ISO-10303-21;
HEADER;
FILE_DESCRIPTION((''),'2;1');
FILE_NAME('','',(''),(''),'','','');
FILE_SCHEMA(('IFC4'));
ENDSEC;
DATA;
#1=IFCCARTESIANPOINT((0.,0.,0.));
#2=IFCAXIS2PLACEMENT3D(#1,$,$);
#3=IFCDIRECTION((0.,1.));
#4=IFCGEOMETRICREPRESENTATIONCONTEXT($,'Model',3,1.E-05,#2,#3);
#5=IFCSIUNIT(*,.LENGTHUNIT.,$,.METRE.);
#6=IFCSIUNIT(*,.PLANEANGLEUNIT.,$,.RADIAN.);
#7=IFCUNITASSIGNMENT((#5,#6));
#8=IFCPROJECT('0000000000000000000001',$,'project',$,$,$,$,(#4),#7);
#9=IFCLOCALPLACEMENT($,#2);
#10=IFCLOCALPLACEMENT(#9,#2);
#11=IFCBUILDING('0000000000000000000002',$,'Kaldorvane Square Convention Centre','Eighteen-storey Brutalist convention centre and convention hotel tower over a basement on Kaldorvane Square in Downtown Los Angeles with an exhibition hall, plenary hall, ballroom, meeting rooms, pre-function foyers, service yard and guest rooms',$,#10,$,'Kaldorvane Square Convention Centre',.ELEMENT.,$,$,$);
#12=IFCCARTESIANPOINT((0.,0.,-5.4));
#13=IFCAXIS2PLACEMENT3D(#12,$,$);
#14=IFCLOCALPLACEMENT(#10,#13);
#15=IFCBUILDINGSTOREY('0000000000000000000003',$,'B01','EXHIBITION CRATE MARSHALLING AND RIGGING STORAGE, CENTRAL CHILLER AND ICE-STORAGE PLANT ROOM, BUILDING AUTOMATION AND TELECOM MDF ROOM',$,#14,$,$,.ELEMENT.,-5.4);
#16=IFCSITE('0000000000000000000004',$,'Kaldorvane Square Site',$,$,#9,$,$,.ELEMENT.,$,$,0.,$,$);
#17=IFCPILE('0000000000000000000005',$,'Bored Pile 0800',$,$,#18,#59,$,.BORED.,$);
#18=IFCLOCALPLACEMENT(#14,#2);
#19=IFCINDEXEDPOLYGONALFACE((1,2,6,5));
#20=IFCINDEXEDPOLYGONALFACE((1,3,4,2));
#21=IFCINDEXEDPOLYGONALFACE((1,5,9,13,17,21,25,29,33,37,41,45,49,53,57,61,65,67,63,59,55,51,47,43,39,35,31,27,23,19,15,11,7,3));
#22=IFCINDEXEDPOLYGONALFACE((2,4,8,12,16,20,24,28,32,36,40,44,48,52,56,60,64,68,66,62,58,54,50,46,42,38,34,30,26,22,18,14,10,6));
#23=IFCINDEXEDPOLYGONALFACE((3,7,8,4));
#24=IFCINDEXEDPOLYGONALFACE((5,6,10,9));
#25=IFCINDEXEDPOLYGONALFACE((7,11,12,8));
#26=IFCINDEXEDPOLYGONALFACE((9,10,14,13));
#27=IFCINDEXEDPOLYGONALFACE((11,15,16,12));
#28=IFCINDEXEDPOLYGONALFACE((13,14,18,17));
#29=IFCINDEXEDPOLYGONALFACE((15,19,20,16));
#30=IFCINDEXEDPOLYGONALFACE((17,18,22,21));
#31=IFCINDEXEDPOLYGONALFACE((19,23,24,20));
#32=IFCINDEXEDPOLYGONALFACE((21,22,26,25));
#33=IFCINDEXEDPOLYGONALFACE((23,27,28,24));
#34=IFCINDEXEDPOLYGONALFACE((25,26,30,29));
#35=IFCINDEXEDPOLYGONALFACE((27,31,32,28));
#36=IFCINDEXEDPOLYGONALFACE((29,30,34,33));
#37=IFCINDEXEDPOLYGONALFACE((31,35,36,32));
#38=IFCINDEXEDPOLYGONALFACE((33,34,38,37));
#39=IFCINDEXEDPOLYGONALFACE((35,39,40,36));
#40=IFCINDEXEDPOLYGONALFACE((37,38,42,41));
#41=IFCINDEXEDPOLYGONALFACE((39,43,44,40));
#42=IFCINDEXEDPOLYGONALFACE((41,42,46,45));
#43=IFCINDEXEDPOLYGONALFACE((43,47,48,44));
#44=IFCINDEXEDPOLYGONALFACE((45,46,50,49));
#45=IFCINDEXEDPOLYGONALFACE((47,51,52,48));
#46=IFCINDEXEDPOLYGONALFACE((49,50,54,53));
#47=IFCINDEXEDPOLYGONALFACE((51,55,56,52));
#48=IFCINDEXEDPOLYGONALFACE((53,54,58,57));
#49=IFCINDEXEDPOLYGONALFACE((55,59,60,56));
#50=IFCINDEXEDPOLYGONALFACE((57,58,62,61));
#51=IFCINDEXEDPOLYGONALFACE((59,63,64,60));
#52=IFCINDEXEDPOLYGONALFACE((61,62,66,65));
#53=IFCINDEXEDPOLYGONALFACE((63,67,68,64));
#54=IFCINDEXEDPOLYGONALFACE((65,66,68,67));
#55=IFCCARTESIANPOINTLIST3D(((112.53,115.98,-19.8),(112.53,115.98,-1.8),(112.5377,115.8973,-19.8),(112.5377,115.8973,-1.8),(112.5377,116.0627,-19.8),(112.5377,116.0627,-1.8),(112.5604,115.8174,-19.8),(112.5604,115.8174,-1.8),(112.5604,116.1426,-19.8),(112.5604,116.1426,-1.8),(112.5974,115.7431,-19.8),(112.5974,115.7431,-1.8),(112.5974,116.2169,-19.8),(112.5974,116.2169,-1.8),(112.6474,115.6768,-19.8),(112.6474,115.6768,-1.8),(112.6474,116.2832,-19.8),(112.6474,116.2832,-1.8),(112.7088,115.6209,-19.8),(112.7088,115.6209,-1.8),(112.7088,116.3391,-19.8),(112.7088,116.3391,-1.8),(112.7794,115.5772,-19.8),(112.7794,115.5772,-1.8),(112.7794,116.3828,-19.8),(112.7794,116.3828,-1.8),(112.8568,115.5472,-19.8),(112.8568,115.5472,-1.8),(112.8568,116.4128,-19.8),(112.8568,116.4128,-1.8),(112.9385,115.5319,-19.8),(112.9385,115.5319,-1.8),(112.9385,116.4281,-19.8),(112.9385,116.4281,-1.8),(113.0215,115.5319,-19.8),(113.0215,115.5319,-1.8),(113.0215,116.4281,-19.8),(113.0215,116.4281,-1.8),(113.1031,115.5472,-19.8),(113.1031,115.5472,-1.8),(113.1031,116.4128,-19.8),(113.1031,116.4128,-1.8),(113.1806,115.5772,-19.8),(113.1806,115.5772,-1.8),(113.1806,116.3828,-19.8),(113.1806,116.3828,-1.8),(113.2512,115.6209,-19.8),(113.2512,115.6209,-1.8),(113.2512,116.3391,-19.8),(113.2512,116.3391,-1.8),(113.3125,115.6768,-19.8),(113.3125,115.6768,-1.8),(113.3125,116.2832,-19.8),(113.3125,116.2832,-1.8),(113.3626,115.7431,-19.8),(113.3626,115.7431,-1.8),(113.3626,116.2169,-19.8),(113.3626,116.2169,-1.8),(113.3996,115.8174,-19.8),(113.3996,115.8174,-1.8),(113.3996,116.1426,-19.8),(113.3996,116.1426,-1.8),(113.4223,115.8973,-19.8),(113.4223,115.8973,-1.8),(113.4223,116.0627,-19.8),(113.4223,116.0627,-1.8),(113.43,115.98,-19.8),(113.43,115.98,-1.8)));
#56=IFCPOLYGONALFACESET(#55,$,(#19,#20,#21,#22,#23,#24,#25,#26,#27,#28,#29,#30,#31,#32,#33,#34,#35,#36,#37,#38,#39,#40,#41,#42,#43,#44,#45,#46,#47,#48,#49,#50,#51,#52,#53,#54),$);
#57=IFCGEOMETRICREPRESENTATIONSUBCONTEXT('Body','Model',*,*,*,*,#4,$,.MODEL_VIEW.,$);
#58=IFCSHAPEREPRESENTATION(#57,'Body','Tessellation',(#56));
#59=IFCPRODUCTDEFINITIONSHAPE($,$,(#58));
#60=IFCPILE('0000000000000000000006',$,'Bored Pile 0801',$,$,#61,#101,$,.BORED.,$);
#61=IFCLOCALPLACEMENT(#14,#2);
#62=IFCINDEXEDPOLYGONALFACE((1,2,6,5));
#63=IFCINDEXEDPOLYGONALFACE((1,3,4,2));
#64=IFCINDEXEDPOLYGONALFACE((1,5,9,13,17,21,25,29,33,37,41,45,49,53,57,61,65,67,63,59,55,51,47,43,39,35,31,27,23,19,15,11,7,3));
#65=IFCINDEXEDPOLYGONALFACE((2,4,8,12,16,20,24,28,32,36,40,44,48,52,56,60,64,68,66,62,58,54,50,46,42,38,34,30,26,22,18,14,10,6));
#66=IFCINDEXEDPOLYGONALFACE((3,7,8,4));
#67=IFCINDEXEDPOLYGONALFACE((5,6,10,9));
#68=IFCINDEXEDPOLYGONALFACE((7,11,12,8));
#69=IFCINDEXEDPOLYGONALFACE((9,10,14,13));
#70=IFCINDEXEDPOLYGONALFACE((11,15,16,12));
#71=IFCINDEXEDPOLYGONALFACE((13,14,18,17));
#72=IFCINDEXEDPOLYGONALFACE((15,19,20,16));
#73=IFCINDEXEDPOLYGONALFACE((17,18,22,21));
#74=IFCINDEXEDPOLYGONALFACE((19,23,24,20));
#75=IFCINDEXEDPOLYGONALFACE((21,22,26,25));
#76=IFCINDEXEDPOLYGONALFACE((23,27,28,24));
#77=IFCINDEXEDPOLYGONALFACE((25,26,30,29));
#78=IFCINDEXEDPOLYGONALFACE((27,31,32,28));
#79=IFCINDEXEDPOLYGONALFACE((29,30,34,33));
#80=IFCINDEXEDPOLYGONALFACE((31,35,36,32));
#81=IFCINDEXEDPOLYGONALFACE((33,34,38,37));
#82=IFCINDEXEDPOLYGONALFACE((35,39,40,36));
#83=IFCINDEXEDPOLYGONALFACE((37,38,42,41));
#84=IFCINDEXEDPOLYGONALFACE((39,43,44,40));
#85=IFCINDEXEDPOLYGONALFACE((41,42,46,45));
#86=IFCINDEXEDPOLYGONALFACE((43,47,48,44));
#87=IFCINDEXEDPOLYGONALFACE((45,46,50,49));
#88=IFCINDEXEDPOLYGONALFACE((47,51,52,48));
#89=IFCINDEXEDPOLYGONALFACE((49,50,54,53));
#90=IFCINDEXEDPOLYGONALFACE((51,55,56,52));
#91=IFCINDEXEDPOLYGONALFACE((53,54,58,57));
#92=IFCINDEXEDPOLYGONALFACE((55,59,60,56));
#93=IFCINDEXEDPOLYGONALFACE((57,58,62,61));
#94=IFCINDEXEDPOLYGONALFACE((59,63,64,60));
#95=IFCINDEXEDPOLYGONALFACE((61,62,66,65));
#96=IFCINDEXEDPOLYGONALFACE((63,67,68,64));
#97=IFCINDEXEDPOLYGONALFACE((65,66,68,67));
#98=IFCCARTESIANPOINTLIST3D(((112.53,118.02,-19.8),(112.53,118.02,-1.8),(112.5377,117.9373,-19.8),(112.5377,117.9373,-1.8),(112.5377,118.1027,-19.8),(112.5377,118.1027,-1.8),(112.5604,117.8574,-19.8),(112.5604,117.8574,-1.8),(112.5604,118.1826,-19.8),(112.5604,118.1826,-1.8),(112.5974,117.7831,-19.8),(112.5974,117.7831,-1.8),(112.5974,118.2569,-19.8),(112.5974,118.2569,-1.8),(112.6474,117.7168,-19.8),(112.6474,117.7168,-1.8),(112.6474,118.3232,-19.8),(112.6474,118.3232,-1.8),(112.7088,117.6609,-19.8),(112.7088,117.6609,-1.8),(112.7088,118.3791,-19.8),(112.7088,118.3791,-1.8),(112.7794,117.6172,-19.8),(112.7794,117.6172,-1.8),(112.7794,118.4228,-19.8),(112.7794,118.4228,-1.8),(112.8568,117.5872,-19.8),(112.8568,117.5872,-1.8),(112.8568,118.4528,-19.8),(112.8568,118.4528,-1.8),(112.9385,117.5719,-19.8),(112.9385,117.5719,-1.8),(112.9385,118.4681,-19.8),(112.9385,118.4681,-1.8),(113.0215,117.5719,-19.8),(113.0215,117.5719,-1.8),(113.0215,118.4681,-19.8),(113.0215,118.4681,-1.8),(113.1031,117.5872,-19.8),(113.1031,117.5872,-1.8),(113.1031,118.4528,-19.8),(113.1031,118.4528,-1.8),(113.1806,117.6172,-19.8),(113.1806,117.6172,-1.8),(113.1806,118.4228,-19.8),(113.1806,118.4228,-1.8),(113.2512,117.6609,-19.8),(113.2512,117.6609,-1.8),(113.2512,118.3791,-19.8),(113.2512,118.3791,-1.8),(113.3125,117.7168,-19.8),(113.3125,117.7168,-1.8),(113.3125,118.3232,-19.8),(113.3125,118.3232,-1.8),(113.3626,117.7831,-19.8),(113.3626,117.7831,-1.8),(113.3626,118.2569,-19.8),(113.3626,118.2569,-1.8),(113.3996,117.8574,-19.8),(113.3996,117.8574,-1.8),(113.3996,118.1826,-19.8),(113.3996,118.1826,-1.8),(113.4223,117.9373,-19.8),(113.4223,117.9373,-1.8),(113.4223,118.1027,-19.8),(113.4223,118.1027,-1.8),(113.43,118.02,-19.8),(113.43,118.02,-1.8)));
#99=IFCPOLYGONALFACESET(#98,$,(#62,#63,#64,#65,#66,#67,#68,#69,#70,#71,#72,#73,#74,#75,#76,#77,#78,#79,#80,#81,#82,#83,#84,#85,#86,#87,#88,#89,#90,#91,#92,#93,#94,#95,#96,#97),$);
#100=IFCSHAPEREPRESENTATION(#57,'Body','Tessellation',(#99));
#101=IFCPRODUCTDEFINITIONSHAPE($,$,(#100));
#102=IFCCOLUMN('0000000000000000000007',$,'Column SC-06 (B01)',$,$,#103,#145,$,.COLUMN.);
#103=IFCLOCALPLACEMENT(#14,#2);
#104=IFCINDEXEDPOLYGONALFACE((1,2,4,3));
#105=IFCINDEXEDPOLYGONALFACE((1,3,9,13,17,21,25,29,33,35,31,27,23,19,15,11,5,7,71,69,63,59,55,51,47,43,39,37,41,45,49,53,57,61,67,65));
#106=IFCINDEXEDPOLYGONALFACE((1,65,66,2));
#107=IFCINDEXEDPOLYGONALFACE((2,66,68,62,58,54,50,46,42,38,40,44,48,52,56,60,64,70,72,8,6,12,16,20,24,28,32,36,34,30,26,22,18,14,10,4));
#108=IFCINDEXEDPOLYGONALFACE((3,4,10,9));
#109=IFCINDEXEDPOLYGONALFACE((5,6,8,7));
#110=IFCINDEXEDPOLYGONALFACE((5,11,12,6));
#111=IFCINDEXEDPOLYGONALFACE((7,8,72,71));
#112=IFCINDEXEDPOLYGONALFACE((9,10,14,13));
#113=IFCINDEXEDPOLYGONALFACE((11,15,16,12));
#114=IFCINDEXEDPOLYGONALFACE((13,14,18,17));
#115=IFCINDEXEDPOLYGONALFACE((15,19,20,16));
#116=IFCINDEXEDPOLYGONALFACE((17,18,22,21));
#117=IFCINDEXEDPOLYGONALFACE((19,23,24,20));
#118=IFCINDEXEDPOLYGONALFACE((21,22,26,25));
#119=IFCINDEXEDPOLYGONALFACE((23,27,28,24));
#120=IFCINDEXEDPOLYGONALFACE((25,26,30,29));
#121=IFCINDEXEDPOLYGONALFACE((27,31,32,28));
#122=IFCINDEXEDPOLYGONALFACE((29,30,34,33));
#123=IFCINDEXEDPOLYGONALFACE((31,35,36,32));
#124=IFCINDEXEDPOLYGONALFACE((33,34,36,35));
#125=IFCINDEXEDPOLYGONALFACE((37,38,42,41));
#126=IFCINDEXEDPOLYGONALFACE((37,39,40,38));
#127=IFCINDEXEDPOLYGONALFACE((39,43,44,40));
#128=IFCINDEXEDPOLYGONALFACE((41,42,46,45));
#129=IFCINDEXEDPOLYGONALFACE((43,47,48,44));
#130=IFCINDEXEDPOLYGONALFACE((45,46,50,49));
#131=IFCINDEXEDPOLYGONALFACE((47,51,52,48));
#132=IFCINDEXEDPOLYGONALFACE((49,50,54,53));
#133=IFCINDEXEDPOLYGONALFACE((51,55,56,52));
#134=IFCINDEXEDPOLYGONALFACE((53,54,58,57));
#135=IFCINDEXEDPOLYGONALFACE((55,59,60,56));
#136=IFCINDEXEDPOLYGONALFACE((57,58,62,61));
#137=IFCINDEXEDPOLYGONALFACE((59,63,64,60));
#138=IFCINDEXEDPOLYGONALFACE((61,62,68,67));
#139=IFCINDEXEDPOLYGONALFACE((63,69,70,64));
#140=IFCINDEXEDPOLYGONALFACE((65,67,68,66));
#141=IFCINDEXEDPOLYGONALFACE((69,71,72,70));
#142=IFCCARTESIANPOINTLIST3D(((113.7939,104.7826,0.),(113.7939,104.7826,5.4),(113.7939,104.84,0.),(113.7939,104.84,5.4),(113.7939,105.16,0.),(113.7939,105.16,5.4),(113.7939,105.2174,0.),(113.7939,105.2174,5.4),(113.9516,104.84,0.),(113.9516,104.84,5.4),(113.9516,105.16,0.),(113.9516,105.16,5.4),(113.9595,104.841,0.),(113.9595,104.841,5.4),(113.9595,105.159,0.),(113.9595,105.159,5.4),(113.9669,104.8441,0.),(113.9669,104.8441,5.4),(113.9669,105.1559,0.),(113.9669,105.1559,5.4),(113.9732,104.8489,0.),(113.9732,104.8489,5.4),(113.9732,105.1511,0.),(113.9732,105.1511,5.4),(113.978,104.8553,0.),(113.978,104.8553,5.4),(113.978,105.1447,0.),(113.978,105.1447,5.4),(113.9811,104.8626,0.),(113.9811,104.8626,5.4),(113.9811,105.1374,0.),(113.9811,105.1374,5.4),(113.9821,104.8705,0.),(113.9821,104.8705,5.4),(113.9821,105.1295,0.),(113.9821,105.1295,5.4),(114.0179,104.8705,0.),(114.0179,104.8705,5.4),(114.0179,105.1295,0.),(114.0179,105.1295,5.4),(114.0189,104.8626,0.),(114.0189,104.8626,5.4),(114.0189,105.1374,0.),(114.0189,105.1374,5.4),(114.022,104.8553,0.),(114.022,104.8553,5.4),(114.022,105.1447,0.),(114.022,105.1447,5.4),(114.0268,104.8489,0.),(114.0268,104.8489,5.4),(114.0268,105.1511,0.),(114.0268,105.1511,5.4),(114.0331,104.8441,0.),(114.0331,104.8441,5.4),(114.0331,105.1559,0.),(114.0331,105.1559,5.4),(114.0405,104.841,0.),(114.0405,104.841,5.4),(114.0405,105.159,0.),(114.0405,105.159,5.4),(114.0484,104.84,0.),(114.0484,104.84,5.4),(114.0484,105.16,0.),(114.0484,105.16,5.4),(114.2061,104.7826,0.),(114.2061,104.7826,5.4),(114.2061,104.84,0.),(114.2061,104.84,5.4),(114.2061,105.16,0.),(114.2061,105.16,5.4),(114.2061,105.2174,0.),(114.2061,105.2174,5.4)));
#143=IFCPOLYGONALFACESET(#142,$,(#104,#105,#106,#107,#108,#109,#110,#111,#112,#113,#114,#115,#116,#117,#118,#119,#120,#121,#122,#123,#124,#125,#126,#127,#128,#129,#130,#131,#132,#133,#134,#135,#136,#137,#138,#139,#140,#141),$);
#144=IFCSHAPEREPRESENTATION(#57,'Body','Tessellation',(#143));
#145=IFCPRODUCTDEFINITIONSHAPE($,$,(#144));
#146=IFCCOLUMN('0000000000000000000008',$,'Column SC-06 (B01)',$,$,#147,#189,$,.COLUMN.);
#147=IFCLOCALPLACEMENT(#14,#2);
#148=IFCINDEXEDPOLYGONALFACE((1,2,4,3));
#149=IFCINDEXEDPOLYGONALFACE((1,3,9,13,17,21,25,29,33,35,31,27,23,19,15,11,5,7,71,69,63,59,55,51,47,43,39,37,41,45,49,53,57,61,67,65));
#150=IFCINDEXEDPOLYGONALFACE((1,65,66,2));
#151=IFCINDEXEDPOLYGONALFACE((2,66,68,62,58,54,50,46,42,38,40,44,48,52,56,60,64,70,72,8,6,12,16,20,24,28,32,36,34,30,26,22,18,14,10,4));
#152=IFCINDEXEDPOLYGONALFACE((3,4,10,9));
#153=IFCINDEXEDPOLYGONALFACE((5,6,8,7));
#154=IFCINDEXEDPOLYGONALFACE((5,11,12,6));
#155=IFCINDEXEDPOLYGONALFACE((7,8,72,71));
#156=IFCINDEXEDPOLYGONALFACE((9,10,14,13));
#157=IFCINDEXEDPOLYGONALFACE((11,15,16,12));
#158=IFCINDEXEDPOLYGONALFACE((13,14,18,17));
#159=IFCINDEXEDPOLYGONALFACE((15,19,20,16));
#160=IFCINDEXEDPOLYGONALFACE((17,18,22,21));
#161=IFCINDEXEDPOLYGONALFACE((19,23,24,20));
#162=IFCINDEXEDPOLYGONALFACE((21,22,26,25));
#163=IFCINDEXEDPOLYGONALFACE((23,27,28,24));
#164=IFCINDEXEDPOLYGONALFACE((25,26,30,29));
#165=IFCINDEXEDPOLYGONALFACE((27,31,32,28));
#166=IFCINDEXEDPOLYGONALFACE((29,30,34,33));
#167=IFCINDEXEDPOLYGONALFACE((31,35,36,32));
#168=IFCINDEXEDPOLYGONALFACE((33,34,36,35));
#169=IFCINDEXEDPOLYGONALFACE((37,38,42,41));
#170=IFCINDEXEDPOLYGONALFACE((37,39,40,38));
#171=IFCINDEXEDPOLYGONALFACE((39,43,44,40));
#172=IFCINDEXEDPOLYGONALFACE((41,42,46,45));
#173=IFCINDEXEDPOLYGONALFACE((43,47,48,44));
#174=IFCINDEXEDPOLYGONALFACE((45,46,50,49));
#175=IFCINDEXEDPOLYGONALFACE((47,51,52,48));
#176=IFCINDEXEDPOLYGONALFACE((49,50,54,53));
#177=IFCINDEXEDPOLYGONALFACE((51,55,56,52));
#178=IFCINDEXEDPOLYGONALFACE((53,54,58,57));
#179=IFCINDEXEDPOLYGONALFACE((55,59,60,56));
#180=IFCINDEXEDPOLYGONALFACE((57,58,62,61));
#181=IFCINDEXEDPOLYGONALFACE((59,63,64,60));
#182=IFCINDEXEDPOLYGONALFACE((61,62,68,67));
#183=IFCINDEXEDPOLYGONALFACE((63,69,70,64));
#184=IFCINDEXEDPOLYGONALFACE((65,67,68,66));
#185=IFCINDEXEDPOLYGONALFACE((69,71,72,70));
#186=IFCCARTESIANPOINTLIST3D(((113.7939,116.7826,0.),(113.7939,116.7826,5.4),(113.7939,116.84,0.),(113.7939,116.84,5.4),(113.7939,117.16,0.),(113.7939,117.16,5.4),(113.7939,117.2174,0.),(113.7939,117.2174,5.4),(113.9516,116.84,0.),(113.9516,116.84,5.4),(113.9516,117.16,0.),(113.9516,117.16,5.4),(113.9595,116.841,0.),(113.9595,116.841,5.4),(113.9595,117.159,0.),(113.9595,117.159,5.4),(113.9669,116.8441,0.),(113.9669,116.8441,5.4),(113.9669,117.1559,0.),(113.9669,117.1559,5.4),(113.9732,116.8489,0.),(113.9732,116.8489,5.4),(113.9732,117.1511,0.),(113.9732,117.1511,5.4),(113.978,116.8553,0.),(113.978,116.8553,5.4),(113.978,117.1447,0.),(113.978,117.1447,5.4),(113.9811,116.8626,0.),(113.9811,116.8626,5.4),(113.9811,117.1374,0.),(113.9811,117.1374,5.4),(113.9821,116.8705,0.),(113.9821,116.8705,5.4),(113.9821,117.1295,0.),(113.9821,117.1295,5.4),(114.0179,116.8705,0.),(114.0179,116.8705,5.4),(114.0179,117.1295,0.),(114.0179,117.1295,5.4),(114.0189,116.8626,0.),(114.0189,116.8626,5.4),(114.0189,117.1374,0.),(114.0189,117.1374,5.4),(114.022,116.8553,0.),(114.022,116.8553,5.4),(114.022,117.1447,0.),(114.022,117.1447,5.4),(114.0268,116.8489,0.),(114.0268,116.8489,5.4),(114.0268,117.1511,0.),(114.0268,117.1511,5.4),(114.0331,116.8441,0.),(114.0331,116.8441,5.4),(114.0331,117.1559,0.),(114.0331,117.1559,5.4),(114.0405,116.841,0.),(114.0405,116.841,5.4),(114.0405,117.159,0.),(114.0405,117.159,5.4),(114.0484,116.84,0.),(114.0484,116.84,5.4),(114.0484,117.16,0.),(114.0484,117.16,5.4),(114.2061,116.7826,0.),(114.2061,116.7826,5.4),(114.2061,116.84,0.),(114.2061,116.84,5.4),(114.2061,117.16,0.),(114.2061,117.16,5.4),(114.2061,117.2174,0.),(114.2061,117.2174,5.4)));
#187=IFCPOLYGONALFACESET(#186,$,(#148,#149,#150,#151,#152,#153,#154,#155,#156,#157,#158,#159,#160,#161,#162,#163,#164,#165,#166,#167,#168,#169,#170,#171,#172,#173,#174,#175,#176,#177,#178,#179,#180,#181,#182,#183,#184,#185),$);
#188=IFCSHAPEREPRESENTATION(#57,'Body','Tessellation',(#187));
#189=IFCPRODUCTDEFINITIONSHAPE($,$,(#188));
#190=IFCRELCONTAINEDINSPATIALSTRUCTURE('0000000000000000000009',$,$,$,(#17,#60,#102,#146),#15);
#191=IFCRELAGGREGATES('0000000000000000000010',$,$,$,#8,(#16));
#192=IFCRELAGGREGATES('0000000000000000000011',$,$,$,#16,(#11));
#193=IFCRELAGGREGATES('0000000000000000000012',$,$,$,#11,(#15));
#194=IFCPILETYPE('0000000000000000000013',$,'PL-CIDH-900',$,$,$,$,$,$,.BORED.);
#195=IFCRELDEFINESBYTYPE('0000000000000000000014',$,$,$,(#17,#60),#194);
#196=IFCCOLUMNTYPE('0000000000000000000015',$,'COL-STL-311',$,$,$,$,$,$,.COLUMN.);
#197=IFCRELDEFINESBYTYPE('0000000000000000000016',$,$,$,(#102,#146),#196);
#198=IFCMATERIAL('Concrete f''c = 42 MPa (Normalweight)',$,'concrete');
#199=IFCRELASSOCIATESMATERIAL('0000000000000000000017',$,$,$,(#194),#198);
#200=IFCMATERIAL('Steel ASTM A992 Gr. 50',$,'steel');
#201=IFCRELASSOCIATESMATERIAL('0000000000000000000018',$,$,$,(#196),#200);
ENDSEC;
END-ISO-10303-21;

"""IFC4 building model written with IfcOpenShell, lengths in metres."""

from ifc_helpers import new_model, si_unit, direction, frame, origin, origin_2d, place, context, subcontext, project, spatial, circle, i_section, extrude, material, material_profile, profile_set, type_object, element, save


model = new_model("IFC4")

# Units and contexts
model_context = context("Model", 3, precision=1e-05, world=origin(), true_north=direction((0.0, 1.0)))
body_context = subcontext(model_context, "Body", "Model", "MODEL_VIEW")
ifc_project = project(units=[si_unit("LENGTHUNIT", "METRE"), si_unit("PLANEANGLEUNIT", "RADIAN")], contexts=[model_context])

# Site, building, storey
site_placement = place(None, origin())
site = spatial("IfcSite", under=ifc_project, at=site_placement, Name="Kaldorvane Square Site", CompositionType="ELEMENT", RefElevation=0.0)
building_placement = place(site_placement, origin())
building = spatial("IfcBuilding", under=site, at=building_placement, Name="Kaldorvane Square Convention Centre", Description="Eighteen-storey Brutalist convention centre and convention hotel tower over a basement on Kaldorvane Square in Downtown Los Angeles with an exhibition hall, plenary hall, ballroom, meeting rooms, pre-function foyers, service yard and guest rooms", LongName="Kaldorvane Square Convention Centre", CompositionType="ELEMENT")
storey_placement = place(building_placement, frame((0.0, 0.0, -5.4)))
storey = spatial("IfcBuildingStorey", under=building, at=storey_placement, Name="B01", Description="EXHIBITION CRATE MARSHALLING AND RIGGING STORAGE, CENTRAL CHILLER AND ICE-STORAGE PLANT ROOM, BUILDING AUTOMATION AND TELECOM MDF ROOM", CompositionType="ELEMENT", Elevation=-5.4)

# Shared definitions
ifc_material_1 = material(Name="Concrete f'c = 42 MPa (Normalweight)", Category="concrete")

# Piles
ifc_material_profile_1 = material_profile(ifc_material_1, circle(Radius=0.45, at=origin_2d()), Name="PILE-D900")
ifc_profile_set_1 = profile_set([ifc_material_profile_1], Name="Concrete f'c = 42 MPa (Normalweight)")
pile_type = type_object("IfcPileType", Name="PL-CIDH-900", PredefinedType="BORED", material=ifc_profile_set_1)
for number, where, z_axis, x_axis, name in (
    (1, (112.98, 115.98, -1.8), (0.0, 0.0, -1.0), (1.0, 0.0, 0.0), "Bored Pile 0800"),
    (2, (112.98, 118.02, -1.8), (0.0, 0.0, -1.0), (1.0, 0.0, 0.0), "Bored Pile 0801"),
):
    element("IfcPile", number, at=place(storey_placement, frame(where, z_axis=z_axis, x_axis=x_axis)), inside=storey, type_object=pile_type, Name=name, PredefinedType="BORED", context=body_context, shape_type="SweptSolid", body=[
        extrude(circle(Radius=0.45, at=origin_2d()), origin(), (0.0, 0.0, 1.0), 18.0),
    ])

# Columns
ifc_material_2 = material(Name="Steel ASTM A992 Gr. 50", Category="steel")
ifc_material_profile_2 = material_profile(ifc_material_2, i_section(OverallWidth=0.4122, OverallDepth=0.4348, WebThickness=0.0358, FlangeThickness=0.0574, FilletRadius=0.0305, at=origin_2d()), Name="W14X311")
ifc_profile_set_2 = profile_set([ifc_material_profile_2], Name="Steel ASTM A992 Gr. 50")
column_type = type_object("IfcColumnType", Name="COL-STL-311", PredefinedType="COLUMN", material=ifc_profile_set_2)
for number, where, z_axis, x_axis, name in (
    (3, (114.0, 105.0, 0.0), (0.0, 0.0, 1.0), (1.0, 0.0, 0.0), "Column SC-06 (B01)"),
    (4, (114.0, 117.0, 0.0), (0.0, 0.0, 1.0), (1.0, 0.0, 0.0), "Column SC-06 (B01)"),
):
    element("IfcColumn", number, at=place(storey_placement, frame(where, z_axis=z_axis, x_axis=x_axis)), inside=storey, type_object=column_type, Name=name, PredefinedType="COLUMN", context=body_context, shape_type="SweptSolid", body=[
        extrude(i_section(OverallWidth=0.4122, OverallDepth=0.4348, WebThickness=0.0358, FlangeThickness=0.0574, FilletRadius=0.0305, at=origin_2d()), origin(), (0.0, 0.0, 1.0), 5.4),
    ])

save(model, "model.ifc")
